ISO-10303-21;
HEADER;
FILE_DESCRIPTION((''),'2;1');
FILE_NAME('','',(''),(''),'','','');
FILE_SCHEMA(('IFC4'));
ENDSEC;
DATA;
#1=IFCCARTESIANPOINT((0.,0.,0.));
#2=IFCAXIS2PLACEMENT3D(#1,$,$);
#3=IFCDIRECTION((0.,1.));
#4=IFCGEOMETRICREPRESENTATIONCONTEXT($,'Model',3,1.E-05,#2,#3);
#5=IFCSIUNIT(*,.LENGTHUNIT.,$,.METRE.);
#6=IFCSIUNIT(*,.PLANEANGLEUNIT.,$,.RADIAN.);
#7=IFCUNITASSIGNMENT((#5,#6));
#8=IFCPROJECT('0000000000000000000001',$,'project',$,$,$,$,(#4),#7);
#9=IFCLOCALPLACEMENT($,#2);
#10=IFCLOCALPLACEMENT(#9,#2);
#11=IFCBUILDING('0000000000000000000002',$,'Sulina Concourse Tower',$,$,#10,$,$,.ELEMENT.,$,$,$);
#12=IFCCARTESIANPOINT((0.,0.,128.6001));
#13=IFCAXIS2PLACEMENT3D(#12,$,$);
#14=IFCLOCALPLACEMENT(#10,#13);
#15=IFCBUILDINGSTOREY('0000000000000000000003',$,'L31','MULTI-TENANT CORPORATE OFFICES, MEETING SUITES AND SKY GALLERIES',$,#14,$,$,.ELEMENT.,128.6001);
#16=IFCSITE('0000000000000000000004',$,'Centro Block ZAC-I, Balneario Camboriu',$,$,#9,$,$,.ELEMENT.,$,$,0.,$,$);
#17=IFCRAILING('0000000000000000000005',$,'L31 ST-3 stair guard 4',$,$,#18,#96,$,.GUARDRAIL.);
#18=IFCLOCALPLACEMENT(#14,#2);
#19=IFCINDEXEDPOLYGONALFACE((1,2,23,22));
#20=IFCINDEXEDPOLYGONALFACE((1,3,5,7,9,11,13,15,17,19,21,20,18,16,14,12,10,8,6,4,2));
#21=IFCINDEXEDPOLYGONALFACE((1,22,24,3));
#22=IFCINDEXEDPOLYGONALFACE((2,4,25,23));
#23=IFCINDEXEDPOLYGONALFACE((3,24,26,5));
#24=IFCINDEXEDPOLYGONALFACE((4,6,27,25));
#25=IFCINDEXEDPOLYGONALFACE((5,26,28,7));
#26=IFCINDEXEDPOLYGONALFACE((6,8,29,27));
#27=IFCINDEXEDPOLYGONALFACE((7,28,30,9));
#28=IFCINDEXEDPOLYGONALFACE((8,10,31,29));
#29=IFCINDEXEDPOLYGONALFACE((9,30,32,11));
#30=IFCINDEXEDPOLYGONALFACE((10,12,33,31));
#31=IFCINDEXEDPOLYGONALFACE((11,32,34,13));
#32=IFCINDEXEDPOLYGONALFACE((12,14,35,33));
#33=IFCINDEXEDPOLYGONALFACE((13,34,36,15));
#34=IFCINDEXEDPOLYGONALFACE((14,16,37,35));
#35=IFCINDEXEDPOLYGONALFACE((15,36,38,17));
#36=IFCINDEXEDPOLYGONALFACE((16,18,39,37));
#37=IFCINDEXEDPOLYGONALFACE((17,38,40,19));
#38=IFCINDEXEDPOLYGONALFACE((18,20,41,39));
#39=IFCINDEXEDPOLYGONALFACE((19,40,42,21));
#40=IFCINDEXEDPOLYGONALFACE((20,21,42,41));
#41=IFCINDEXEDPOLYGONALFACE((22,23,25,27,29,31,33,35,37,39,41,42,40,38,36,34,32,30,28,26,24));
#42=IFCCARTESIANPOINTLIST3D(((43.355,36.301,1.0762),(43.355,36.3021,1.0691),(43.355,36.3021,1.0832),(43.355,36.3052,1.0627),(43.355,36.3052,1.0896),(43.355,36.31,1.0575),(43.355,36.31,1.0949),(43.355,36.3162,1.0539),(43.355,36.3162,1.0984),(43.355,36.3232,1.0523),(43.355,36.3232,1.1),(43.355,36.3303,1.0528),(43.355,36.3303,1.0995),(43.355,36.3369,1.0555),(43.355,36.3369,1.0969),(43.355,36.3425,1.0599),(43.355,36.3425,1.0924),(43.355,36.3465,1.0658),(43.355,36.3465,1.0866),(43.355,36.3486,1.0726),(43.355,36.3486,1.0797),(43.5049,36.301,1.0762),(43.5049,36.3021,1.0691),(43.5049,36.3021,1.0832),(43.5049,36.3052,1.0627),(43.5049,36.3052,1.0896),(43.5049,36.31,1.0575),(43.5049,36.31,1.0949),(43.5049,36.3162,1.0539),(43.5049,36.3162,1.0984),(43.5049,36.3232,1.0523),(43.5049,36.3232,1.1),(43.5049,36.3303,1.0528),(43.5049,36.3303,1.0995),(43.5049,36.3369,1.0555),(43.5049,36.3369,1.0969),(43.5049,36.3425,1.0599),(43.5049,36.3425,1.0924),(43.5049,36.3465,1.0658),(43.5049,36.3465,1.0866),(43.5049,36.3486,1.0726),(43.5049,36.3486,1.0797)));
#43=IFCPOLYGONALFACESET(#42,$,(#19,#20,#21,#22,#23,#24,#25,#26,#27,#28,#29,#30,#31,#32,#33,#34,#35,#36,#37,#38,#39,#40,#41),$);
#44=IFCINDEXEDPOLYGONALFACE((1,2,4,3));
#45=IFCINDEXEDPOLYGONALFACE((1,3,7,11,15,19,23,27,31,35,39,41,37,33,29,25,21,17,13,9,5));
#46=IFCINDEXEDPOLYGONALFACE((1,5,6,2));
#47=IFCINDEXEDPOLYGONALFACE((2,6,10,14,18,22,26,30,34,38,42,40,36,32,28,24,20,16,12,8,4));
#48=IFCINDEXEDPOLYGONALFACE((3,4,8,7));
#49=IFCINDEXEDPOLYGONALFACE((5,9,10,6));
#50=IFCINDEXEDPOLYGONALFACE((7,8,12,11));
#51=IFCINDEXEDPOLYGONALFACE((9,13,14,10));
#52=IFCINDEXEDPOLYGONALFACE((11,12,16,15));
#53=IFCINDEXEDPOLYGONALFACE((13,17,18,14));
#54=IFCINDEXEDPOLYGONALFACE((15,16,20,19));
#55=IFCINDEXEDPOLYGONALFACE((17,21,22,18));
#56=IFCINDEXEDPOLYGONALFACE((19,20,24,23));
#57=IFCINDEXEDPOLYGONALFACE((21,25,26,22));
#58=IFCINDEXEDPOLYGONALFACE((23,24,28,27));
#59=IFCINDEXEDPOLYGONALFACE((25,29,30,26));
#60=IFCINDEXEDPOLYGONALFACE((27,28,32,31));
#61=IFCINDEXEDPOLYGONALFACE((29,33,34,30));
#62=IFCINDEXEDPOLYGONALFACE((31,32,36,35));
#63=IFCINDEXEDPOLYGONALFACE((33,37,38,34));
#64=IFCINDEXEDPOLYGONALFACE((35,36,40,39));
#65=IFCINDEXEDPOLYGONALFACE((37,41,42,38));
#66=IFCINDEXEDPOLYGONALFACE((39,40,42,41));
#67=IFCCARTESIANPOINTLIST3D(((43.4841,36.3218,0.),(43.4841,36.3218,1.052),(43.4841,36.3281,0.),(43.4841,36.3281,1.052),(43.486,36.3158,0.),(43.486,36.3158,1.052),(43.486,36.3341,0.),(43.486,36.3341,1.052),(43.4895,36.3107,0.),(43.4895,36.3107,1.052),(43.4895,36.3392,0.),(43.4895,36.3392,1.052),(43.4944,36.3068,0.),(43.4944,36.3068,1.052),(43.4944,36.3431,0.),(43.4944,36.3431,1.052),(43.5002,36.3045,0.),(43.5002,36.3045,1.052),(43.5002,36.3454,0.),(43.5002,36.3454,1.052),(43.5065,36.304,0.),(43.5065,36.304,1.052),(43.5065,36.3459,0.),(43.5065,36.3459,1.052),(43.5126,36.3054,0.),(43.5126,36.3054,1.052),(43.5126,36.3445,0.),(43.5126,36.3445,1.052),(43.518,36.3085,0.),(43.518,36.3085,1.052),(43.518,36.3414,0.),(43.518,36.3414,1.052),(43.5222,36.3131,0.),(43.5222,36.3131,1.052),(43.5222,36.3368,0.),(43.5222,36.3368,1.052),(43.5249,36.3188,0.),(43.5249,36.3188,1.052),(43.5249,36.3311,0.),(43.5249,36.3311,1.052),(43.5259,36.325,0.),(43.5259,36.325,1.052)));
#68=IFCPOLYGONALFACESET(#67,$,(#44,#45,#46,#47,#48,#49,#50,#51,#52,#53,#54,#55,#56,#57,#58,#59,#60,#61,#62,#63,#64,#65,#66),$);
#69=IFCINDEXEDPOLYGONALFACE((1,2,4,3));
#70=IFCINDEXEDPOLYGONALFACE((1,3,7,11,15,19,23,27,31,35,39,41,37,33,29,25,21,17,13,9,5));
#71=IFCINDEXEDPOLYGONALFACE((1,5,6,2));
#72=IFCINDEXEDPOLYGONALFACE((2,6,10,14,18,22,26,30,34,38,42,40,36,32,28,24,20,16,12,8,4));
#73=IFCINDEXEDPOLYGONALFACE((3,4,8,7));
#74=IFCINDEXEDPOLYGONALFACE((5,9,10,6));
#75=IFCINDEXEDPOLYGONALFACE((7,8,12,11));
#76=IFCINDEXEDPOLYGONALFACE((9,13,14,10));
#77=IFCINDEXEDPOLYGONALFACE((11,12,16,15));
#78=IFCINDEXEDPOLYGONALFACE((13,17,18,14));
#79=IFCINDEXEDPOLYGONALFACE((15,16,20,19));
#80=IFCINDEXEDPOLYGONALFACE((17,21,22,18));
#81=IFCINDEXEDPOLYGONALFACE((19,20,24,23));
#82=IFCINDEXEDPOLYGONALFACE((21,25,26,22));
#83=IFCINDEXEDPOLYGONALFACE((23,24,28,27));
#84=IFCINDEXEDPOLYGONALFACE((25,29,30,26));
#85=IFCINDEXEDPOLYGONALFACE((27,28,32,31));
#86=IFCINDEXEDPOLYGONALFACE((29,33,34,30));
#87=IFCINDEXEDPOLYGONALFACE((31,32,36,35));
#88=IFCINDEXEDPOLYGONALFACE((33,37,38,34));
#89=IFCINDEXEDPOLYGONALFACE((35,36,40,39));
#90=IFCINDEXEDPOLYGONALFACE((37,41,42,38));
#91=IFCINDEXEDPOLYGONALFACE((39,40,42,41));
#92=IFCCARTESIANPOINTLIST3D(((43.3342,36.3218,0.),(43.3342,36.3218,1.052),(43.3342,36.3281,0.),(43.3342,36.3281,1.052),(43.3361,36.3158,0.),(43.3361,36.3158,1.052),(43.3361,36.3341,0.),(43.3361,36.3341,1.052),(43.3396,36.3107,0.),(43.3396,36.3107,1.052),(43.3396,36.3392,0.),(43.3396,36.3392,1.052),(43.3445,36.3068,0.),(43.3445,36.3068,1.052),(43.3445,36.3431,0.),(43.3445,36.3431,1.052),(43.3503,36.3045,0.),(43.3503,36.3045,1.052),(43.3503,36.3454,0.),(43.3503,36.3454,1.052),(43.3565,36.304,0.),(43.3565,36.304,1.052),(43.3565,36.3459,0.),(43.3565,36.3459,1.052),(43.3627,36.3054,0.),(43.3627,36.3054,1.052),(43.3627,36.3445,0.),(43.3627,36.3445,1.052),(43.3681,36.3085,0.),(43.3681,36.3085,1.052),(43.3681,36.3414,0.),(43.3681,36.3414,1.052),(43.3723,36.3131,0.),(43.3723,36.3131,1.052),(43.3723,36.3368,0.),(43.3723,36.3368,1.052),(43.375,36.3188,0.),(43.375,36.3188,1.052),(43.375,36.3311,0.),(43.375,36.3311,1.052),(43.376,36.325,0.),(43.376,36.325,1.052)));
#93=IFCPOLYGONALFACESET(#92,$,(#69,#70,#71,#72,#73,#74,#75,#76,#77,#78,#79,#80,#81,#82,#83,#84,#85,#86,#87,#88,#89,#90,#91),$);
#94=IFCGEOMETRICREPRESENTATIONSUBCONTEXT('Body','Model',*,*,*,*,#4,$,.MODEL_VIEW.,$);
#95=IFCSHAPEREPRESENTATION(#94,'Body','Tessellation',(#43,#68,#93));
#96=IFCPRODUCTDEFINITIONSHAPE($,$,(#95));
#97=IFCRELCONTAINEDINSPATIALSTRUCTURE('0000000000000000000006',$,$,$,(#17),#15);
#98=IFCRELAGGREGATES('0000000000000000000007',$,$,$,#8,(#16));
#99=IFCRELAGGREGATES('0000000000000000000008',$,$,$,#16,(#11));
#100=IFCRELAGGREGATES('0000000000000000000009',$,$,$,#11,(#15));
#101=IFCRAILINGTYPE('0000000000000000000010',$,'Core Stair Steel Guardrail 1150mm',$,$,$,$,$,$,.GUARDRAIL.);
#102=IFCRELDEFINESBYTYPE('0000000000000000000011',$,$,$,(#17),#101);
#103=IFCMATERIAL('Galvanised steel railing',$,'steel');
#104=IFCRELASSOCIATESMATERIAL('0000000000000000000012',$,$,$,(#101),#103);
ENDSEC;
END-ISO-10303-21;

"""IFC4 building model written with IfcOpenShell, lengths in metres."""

from ifc_helpers import new_model, si_unit, direction, frame, origin, origin_2d, place, context, subcontext, project, spatial, circle, extrude, material, type_object, element, save


model = new_model("IFC4")

# Units and contexts
model_context = context("Model", 3, precision=1e-05, world=origin(), true_north=direction((0.0, 1.0)))
body_context = subcontext(model_context, "Body", "Model", "MODEL_VIEW")
ifc_project = project(units=[si_unit("LENGTHUNIT", "METRE"), si_unit("PLANEANGLEUNIT", "RADIAN")], contexts=[model_context])

# Site, building, storey
site_placement = place(None, origin())
site = spatial("IfcSite", under=ifc_project, at=site_placement, Name="Centro Block ZAC-I, Balneario Camboriu", CompositionType="ELEMENT", RefElevation=0.0)
building_placement = place(site_placement, origin())
building = spatial("IfcBuilding", under=site, at=building_placement, Name="Sulina Concourse Tower", CompositionType="ELEMENT")
storey_placement = place(building_placement, frame((0.0, 0.0, 128.6001)))
storey = spatial("IfcBuildingStorey", under=building, at=storey_placement, Name="L31", Description="MULTI-TENANT CORPORATE OFFICES, MEETING SUITES AND SKY GALLERIES", CompositionType="ELEMENT", Elevation=128.6001)

# Railing
ifc_material_1 = material(Name="Galvanised steel railing", Category="steel")
railing_type_1 = type_object("IfcRailingType", Name="Core Stair Steel Guardrail 1150mm", PredefinedType="GUARDRAIL", material=ifc_material_1)
railing_1_placement = place(storey_placement, frame((43.5049, 36.325, 0.0)))
element("IfcRailing", 1, at=railing_1_placement, inside=storey, type_object=railing_type_1, Name="L31 ST-3 stair guard 4", PredefinedType="GUARDRAIL", context=body_context, shape_type="SweptSolid", body=[
    extrude(circle(Radius=0.0239, at=origin_2d()), frame((0.0, 0.0, 1.0762), z_axis=(-1.0, 0.0, 0.0), x_axis=(0.0, -1.0, 0.0)), (0.0, 0.0, 1.0), 0.1499),
    extrude(circle(Radius=0.021, at=origin_2d()), origin(), (0.0, 0.0, 1.0), 1.052),
    extrude(circle(Radius=0.021, at=origin_2d()), frame((-0.1499, 0.0, 0.0)), (0.0, 0.0, 1.0), 1.052),
])

save(model, "model.ifc")
